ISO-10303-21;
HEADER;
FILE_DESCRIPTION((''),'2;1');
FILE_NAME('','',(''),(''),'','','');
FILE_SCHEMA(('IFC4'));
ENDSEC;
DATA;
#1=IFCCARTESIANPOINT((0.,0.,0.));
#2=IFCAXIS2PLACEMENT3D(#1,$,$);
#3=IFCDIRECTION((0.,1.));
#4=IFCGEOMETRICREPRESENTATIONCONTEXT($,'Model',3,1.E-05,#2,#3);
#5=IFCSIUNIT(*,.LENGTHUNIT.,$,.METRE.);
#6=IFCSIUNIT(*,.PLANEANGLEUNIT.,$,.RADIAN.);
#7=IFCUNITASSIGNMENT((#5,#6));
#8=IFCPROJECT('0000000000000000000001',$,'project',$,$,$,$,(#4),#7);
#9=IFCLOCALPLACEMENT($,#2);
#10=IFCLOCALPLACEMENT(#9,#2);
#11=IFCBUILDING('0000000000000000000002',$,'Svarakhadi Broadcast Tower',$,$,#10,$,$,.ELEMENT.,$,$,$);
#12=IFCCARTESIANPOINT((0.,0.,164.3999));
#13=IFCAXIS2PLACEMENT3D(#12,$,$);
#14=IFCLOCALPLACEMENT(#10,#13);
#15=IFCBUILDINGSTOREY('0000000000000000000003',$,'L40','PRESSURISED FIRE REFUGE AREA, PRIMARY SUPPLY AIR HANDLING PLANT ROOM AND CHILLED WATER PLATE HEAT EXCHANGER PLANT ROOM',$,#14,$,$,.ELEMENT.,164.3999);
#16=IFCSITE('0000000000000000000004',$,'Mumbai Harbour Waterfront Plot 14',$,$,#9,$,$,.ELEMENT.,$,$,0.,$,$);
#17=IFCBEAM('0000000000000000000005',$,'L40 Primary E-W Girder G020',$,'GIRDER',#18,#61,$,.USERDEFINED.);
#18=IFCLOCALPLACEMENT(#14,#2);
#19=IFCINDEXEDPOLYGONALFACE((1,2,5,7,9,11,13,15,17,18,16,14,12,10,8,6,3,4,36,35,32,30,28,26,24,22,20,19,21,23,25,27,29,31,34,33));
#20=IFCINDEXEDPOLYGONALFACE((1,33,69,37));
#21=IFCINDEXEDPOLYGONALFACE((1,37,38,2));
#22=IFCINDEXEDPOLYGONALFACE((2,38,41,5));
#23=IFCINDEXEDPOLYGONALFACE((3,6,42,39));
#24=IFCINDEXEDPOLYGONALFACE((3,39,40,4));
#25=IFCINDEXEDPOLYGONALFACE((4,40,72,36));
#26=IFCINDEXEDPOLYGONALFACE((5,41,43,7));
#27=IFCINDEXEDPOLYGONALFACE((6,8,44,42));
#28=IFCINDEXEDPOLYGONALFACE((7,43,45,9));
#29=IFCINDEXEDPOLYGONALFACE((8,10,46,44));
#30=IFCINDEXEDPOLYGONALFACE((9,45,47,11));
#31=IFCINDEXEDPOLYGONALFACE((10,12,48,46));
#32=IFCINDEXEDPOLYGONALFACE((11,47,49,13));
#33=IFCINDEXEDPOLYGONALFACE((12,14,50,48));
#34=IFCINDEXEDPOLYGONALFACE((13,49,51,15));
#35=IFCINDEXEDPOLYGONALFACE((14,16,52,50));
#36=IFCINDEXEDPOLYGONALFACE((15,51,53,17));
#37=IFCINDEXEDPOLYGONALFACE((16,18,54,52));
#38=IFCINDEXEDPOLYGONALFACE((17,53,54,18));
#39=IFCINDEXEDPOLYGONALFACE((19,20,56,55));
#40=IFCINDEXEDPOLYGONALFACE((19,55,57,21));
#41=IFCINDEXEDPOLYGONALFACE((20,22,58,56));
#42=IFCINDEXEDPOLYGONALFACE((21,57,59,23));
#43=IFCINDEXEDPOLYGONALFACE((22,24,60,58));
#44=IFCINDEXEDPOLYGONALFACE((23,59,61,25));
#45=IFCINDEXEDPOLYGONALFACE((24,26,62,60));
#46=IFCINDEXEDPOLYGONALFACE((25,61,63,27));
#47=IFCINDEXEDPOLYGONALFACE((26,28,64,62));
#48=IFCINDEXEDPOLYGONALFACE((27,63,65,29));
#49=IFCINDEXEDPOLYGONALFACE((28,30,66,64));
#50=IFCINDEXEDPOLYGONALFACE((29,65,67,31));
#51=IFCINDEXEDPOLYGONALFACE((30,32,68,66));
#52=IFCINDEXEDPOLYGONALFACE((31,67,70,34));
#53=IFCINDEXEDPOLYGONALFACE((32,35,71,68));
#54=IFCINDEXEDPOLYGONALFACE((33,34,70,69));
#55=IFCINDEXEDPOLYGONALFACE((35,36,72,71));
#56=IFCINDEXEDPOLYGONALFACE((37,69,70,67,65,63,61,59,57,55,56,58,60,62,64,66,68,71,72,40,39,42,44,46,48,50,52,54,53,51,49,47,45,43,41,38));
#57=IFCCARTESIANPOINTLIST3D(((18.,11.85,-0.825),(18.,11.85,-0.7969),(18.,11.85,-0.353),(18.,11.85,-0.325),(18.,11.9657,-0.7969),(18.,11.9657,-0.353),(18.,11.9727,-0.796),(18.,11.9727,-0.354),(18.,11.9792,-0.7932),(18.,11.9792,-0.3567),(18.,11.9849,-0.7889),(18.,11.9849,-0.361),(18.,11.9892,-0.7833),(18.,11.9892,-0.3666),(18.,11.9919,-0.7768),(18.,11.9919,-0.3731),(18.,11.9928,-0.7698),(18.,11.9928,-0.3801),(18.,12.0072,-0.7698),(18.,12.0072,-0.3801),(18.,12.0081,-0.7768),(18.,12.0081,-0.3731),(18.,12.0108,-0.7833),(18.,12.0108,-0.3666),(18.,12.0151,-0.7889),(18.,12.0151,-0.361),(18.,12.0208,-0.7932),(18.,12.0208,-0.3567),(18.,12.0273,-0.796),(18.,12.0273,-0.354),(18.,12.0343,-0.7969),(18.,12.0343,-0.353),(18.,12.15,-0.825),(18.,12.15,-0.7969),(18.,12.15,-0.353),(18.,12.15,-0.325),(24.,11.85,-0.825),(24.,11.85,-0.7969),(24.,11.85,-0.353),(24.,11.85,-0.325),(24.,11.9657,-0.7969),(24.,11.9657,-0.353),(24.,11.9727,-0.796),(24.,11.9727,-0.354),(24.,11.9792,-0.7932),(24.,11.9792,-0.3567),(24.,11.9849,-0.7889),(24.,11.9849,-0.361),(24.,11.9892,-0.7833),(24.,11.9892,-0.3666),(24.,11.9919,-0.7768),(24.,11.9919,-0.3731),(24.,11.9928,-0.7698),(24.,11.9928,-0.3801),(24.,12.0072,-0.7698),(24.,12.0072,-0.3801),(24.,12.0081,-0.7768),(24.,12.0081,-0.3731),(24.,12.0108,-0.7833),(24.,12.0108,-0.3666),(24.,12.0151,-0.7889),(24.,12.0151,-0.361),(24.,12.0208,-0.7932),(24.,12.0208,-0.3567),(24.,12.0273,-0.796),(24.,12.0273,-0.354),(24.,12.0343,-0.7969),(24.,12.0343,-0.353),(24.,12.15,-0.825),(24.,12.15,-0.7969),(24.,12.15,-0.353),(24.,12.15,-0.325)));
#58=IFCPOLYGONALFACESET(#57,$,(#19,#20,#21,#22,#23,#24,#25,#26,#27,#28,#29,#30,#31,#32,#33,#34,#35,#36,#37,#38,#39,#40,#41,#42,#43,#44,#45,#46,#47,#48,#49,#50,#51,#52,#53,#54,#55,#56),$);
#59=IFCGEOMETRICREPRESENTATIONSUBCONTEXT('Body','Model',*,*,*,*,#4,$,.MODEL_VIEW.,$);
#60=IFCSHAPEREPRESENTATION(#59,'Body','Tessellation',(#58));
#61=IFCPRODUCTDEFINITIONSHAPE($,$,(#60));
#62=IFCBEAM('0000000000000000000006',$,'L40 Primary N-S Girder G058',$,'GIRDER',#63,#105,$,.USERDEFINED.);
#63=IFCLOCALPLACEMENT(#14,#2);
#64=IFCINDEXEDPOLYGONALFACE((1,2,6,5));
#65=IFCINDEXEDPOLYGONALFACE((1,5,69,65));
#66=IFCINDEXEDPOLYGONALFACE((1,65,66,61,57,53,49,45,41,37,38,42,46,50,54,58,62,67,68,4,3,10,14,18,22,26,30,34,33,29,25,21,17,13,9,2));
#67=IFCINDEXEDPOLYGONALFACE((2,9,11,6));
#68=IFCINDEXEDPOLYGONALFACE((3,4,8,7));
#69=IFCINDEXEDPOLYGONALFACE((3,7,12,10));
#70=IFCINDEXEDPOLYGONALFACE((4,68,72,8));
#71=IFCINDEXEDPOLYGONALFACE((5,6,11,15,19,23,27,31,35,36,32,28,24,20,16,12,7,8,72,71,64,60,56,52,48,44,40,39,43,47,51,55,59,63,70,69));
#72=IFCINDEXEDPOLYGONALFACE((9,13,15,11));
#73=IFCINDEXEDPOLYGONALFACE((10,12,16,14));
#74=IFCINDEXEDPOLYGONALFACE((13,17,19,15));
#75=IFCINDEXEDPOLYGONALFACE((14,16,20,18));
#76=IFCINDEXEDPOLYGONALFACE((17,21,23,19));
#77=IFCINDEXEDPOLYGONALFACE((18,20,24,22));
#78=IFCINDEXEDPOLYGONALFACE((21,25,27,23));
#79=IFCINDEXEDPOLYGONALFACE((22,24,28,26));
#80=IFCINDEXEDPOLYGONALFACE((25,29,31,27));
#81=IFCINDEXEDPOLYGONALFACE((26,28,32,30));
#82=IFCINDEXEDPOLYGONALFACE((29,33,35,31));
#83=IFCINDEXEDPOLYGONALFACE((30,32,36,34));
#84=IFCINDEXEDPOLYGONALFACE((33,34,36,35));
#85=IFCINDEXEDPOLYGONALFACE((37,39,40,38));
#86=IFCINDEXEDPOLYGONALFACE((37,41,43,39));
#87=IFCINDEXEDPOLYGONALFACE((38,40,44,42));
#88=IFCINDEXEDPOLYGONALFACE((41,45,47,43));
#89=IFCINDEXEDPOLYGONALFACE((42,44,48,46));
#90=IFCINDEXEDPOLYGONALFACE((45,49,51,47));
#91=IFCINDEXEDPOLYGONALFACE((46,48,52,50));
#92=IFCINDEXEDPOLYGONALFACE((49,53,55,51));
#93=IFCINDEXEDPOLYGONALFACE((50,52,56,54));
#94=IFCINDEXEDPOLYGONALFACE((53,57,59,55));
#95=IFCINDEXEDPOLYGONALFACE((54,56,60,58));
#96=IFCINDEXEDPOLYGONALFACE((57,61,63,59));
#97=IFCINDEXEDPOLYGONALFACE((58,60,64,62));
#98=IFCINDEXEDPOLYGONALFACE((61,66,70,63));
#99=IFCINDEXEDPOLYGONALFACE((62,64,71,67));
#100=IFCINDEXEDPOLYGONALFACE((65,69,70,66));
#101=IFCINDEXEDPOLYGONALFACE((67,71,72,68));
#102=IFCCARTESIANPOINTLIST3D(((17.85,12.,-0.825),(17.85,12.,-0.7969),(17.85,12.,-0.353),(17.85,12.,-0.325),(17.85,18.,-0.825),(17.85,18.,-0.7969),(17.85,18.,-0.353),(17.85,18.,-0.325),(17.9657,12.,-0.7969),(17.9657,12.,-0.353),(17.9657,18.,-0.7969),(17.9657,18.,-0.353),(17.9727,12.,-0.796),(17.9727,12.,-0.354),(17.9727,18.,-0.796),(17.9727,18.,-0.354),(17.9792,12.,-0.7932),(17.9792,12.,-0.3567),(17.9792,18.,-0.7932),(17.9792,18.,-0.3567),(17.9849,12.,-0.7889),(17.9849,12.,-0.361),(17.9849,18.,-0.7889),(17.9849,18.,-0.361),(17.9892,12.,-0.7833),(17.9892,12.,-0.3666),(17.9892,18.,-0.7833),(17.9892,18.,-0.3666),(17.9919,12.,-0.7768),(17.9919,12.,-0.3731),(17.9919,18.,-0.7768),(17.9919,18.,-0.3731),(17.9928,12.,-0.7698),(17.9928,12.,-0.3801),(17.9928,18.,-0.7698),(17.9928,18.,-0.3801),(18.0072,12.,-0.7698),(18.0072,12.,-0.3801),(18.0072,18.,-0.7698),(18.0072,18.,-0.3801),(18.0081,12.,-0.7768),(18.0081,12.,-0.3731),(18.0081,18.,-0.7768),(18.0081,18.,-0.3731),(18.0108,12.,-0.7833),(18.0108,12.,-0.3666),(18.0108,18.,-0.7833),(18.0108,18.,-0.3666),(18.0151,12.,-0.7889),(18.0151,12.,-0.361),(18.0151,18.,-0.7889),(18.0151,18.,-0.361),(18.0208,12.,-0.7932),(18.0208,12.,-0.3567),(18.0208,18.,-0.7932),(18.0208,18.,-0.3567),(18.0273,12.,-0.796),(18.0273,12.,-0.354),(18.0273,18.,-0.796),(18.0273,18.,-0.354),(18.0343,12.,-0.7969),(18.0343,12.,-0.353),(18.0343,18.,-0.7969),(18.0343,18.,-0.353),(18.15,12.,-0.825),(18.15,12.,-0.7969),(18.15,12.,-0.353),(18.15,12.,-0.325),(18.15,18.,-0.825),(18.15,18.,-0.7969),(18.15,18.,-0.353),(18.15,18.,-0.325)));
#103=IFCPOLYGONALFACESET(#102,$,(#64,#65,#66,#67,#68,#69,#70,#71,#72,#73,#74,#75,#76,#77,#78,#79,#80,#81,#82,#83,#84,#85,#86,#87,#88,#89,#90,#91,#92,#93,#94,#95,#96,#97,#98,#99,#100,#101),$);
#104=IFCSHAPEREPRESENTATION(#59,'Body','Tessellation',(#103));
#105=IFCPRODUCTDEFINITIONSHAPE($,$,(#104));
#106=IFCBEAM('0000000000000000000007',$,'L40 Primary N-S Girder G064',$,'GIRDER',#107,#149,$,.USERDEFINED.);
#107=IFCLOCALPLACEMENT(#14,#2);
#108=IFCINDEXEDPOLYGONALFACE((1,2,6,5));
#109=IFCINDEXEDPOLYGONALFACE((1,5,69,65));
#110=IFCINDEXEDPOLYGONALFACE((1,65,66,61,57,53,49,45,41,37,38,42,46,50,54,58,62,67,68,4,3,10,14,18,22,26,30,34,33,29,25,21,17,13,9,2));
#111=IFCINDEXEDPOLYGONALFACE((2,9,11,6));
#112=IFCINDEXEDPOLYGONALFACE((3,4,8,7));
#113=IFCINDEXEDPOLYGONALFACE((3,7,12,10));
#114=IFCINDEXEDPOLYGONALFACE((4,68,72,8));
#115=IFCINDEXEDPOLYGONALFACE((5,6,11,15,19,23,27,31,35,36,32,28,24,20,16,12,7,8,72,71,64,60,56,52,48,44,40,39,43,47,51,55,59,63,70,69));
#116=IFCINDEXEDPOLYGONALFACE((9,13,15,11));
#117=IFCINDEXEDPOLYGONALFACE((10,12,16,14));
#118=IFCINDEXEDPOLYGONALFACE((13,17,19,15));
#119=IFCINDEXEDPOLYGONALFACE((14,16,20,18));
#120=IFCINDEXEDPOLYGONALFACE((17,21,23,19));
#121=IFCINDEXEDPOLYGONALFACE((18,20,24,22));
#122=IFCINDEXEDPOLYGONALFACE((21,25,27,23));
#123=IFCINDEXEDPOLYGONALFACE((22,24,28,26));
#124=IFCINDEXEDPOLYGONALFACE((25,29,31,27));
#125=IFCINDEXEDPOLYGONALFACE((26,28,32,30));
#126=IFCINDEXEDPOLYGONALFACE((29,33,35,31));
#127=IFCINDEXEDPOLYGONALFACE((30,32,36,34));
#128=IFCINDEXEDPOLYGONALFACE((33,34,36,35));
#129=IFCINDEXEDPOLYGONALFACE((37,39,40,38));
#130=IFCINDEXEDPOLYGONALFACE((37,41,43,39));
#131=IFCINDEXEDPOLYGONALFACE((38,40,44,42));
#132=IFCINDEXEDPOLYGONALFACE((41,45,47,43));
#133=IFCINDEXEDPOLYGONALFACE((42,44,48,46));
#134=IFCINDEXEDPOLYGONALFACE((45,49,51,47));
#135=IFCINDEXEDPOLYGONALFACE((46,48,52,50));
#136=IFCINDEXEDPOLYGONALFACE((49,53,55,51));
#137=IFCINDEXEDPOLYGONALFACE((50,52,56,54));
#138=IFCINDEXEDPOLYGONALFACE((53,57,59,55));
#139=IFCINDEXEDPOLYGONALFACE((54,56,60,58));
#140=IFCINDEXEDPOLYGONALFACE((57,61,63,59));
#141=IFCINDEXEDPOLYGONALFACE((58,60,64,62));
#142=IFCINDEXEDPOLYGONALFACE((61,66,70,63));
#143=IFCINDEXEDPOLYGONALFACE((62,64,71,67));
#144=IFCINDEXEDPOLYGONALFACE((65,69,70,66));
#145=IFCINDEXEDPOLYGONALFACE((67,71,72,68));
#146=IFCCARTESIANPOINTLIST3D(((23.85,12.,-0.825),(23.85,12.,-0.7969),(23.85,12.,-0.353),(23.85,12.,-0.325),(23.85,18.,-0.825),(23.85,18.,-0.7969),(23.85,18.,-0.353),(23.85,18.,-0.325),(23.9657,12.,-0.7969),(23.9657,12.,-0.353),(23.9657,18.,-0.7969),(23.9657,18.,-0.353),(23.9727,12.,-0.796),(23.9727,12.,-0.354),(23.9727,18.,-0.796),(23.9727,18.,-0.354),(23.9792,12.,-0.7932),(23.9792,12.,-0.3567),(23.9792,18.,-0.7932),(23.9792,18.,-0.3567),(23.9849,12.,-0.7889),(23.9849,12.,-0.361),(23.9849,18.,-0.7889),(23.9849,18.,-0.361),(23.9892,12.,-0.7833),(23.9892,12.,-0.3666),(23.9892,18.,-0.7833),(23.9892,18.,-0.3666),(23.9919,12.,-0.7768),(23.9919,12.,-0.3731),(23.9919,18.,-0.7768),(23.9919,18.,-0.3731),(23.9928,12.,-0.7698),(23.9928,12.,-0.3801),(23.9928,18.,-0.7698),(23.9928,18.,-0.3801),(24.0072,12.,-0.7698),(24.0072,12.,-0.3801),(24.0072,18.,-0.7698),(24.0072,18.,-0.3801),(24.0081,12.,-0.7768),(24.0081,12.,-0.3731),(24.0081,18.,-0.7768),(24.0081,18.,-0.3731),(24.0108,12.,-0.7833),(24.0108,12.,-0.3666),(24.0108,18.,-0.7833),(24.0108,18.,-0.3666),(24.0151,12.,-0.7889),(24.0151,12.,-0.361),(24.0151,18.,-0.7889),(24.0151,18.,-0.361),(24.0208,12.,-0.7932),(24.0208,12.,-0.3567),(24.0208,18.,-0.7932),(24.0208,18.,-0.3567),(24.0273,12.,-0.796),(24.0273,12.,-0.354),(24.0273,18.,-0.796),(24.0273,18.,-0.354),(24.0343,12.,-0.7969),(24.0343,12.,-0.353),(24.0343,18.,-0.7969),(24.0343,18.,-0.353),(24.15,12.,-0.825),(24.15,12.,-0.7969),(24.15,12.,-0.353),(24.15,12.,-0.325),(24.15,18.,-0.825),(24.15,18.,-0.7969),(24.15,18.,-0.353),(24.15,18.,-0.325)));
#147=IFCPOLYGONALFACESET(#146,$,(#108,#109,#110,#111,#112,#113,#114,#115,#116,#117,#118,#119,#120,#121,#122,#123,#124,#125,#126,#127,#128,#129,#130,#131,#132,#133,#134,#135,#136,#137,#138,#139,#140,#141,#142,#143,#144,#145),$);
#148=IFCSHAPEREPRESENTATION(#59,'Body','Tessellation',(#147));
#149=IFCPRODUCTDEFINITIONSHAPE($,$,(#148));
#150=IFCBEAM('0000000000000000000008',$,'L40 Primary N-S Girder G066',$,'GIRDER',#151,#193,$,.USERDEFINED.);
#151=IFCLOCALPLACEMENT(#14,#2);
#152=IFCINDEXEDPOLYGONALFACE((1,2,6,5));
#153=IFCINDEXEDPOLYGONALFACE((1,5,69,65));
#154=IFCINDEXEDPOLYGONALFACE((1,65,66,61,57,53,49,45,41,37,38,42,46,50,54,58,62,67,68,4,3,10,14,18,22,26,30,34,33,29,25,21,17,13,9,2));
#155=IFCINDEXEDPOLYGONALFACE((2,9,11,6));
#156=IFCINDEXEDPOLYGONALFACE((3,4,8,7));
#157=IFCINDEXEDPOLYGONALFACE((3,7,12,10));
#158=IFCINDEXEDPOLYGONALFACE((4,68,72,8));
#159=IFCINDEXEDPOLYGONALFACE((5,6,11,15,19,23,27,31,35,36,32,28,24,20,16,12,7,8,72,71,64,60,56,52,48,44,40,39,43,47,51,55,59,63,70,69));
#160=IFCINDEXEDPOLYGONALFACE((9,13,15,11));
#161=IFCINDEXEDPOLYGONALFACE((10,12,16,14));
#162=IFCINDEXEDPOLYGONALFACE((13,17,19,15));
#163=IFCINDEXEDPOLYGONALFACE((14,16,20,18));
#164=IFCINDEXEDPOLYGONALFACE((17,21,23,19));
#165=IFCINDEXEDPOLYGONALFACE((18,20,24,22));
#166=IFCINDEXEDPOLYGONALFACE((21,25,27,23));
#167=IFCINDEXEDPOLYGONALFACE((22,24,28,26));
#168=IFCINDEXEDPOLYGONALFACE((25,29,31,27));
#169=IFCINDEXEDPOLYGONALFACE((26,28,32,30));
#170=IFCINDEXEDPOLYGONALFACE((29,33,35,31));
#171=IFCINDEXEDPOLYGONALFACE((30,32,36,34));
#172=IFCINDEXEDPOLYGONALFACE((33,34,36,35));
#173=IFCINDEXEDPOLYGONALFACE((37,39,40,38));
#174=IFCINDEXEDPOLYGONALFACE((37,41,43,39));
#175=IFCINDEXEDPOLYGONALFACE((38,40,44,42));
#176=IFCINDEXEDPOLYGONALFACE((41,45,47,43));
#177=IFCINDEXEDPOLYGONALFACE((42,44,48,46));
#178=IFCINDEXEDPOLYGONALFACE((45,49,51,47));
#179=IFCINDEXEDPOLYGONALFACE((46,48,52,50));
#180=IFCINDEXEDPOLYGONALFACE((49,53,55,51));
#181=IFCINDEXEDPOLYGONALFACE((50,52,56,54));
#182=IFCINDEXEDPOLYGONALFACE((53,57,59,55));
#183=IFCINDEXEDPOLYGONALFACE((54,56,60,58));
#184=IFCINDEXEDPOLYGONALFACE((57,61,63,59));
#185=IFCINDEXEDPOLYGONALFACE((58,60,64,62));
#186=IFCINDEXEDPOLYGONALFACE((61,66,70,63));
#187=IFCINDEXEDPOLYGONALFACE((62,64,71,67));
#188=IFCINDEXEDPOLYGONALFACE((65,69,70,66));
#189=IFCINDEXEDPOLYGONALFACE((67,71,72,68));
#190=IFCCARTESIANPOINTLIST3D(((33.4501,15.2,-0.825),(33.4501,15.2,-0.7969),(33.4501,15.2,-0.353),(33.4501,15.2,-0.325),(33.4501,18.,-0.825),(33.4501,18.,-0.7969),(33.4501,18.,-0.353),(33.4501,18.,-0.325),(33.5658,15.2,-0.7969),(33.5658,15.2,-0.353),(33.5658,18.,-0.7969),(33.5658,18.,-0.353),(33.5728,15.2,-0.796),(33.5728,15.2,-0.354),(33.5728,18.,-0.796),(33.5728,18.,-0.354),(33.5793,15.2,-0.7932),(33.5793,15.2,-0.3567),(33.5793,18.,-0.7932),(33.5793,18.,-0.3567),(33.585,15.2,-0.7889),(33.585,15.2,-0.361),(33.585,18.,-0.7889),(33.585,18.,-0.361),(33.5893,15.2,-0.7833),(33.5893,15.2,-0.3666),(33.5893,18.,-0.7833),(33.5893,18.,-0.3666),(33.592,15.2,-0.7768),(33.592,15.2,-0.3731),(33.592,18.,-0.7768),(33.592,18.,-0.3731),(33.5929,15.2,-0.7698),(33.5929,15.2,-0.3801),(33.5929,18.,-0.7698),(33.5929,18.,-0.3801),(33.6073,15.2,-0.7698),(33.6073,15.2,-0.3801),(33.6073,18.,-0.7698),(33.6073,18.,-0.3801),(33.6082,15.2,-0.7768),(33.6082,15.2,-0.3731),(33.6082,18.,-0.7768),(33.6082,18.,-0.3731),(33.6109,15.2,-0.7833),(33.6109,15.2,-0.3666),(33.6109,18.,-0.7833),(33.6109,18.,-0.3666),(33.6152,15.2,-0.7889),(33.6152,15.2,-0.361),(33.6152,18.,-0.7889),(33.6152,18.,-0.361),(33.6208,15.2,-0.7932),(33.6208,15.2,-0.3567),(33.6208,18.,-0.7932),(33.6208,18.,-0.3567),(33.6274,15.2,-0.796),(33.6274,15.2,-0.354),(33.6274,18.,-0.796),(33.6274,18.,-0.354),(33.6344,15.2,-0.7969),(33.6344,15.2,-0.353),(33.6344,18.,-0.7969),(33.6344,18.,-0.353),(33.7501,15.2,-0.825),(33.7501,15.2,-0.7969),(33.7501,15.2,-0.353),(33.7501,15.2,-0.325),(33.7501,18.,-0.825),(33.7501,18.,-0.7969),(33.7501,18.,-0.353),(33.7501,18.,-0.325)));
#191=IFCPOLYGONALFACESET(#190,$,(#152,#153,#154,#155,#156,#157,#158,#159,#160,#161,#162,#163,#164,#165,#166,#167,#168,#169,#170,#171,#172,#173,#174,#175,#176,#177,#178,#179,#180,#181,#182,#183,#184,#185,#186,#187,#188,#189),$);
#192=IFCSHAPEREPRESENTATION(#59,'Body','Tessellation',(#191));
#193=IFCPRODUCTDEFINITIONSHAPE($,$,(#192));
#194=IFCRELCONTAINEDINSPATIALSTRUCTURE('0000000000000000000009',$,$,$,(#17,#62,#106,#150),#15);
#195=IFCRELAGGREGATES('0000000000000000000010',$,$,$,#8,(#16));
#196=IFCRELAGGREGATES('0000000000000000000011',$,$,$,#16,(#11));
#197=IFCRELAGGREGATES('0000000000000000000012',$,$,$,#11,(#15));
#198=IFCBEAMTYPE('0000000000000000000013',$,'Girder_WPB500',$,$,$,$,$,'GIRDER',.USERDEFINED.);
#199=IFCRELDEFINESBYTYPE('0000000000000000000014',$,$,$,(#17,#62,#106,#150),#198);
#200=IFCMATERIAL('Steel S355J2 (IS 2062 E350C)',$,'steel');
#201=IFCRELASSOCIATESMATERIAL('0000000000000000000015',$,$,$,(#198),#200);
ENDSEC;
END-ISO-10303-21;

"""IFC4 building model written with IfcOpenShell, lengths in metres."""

from ifc_helpers import new_model, si_unit, direction, frame, origin, origin_2d, place, context, subcontext, project, spatial, i_section, extrude, material, material_profile, profile_set, type_object, element, save


model = new_model("IFC4")

# Units and contexts
model_context = context("Model", 3, precision=1e-05, world=origin(), true_north=direction((0.0, 1.0)))
body_context = subcontext(model_context, "Body", "Model", "MODEL_VIEW")
ifc_project = project(units=[si_unit("LENGTHUNIT", "METRE"), si_unit("PLANEANGLEUNIT", "RADIAN")], contexts=[model_context])

# Site, building, storey
site_placement = place(None, origin())
site = spatial("IfcSite", under=ifc_project, at=site_placement, Name="Mumbai Harbour Waterfront Plot 14", CompositionType="ELEMENT", RefElevation=0.0)
building_placement = place(site_placement, origin())
building = spatial("IfcBuilding", under=site, at=building_placement, Name="Svarakhadi Broadcast Tower", CompositionType="ELEMENT")
storey_placement = place(building_placement, frame((0.0, 0.0, 164.3999)))
storey = spatial("IfcBuildingStorey", under=building, at=storey_placement, Name="L40", Description="PRESSURISED FIRE REFUGE AREA, PRIMARY SUPPLY AIR HANDLING PLANT ROOM AND CHILLED WATER PLATE HEAT EXCHANGER PLANT ROOM", CompositionType="ELEMENT", Elevation=164.3999)

# Beams
ifc_material_1 = material(Name="Steel S355J2 (IS 2062 E350C)", Category="steel")
ifc_material_profile_1 = material_profile(ifc_material_1, i_section(OverallWidth=0.3, OverallDepth=0.5, WebThickness=0.0144, FlangeThickness=0.0281, FilletRadius=0.0271, at=origin_2d()), Name="WPB 500x300x187")
ifc_profile_set_1 = profile_set([ifc_material_profile_1], Name="Steel S355J2 (IS 2062 E350C)")
beam_type_1 = type_object("IfcBeamType", Name="Girder_WPB500", ElementType="GIRDER", PredefinedType="USERDEFINED", material=ifc_profile_set_1)
for number, where, z_axis, x_axis, name in (
    (1, (18.0, 12.0, -0.575), (1.0, 0.0, 0.0), (0.0, 1.0, 0.0), "L40 Primary E-W Girder G020"),
    (2, (18.0, 12.0, -0.575), (0.0, 1.0, 0.0), (-1.0, 0.0, 0.0), "L40 Primary N-S Girder G058"),
    (3, (24.0, 12.0, -0.575), (0.0, 1.0, 0.0), (-1.0, 0.0, 0.0), "L40 Primary N-S Girder G064"),
):
    element("IfcBeam", number, at=place(storey_placement, frame(where, z_axis=z_axis, x_axis=x_axis)), inside=storey, type_object=beam_type_1, Name=name, ObjectType="GIRDER", PredefinedType="USERDEFINED", context=body_context, shape_type="SweptSolid", body=[
        extrude(i_section(OverallWidth=0.3, OverallDepth=0.5, WebThickness=0.0144, FlangeThickness=0.0281, FilletRadius=0.0271, at=origin_2d()), origin(), (0.0, 0.0, 1.0), 6.0),
    ])
beam_1_placement = place(storey_placement, frame((33.6001, 15.2, -0.575), z_axis=(0.0, 1.0, 0.0), x_axis=(-1.0, 0.0, 0.0)))
element("IfcBeam", 4, at=beam_1_placement, inside=storey, type_object=beam_type_1, Name="L40 Primary N-S Girder G066", ObjectType="GIRDER", PredefinedType="USERDEFINED", context=body_context, shape_type="SweptSolid", body=[
    extrude(i_section(OverallWidth=0.3, OverallDepth=0.5, WebThickness=0.0144, FlangeThickness=0.0281, FilletRadius=0.0271, at=origin_2d()), origin(), (0.0, 0.0, 1.0), 2.8),
])

save(model, "model.ifc")
